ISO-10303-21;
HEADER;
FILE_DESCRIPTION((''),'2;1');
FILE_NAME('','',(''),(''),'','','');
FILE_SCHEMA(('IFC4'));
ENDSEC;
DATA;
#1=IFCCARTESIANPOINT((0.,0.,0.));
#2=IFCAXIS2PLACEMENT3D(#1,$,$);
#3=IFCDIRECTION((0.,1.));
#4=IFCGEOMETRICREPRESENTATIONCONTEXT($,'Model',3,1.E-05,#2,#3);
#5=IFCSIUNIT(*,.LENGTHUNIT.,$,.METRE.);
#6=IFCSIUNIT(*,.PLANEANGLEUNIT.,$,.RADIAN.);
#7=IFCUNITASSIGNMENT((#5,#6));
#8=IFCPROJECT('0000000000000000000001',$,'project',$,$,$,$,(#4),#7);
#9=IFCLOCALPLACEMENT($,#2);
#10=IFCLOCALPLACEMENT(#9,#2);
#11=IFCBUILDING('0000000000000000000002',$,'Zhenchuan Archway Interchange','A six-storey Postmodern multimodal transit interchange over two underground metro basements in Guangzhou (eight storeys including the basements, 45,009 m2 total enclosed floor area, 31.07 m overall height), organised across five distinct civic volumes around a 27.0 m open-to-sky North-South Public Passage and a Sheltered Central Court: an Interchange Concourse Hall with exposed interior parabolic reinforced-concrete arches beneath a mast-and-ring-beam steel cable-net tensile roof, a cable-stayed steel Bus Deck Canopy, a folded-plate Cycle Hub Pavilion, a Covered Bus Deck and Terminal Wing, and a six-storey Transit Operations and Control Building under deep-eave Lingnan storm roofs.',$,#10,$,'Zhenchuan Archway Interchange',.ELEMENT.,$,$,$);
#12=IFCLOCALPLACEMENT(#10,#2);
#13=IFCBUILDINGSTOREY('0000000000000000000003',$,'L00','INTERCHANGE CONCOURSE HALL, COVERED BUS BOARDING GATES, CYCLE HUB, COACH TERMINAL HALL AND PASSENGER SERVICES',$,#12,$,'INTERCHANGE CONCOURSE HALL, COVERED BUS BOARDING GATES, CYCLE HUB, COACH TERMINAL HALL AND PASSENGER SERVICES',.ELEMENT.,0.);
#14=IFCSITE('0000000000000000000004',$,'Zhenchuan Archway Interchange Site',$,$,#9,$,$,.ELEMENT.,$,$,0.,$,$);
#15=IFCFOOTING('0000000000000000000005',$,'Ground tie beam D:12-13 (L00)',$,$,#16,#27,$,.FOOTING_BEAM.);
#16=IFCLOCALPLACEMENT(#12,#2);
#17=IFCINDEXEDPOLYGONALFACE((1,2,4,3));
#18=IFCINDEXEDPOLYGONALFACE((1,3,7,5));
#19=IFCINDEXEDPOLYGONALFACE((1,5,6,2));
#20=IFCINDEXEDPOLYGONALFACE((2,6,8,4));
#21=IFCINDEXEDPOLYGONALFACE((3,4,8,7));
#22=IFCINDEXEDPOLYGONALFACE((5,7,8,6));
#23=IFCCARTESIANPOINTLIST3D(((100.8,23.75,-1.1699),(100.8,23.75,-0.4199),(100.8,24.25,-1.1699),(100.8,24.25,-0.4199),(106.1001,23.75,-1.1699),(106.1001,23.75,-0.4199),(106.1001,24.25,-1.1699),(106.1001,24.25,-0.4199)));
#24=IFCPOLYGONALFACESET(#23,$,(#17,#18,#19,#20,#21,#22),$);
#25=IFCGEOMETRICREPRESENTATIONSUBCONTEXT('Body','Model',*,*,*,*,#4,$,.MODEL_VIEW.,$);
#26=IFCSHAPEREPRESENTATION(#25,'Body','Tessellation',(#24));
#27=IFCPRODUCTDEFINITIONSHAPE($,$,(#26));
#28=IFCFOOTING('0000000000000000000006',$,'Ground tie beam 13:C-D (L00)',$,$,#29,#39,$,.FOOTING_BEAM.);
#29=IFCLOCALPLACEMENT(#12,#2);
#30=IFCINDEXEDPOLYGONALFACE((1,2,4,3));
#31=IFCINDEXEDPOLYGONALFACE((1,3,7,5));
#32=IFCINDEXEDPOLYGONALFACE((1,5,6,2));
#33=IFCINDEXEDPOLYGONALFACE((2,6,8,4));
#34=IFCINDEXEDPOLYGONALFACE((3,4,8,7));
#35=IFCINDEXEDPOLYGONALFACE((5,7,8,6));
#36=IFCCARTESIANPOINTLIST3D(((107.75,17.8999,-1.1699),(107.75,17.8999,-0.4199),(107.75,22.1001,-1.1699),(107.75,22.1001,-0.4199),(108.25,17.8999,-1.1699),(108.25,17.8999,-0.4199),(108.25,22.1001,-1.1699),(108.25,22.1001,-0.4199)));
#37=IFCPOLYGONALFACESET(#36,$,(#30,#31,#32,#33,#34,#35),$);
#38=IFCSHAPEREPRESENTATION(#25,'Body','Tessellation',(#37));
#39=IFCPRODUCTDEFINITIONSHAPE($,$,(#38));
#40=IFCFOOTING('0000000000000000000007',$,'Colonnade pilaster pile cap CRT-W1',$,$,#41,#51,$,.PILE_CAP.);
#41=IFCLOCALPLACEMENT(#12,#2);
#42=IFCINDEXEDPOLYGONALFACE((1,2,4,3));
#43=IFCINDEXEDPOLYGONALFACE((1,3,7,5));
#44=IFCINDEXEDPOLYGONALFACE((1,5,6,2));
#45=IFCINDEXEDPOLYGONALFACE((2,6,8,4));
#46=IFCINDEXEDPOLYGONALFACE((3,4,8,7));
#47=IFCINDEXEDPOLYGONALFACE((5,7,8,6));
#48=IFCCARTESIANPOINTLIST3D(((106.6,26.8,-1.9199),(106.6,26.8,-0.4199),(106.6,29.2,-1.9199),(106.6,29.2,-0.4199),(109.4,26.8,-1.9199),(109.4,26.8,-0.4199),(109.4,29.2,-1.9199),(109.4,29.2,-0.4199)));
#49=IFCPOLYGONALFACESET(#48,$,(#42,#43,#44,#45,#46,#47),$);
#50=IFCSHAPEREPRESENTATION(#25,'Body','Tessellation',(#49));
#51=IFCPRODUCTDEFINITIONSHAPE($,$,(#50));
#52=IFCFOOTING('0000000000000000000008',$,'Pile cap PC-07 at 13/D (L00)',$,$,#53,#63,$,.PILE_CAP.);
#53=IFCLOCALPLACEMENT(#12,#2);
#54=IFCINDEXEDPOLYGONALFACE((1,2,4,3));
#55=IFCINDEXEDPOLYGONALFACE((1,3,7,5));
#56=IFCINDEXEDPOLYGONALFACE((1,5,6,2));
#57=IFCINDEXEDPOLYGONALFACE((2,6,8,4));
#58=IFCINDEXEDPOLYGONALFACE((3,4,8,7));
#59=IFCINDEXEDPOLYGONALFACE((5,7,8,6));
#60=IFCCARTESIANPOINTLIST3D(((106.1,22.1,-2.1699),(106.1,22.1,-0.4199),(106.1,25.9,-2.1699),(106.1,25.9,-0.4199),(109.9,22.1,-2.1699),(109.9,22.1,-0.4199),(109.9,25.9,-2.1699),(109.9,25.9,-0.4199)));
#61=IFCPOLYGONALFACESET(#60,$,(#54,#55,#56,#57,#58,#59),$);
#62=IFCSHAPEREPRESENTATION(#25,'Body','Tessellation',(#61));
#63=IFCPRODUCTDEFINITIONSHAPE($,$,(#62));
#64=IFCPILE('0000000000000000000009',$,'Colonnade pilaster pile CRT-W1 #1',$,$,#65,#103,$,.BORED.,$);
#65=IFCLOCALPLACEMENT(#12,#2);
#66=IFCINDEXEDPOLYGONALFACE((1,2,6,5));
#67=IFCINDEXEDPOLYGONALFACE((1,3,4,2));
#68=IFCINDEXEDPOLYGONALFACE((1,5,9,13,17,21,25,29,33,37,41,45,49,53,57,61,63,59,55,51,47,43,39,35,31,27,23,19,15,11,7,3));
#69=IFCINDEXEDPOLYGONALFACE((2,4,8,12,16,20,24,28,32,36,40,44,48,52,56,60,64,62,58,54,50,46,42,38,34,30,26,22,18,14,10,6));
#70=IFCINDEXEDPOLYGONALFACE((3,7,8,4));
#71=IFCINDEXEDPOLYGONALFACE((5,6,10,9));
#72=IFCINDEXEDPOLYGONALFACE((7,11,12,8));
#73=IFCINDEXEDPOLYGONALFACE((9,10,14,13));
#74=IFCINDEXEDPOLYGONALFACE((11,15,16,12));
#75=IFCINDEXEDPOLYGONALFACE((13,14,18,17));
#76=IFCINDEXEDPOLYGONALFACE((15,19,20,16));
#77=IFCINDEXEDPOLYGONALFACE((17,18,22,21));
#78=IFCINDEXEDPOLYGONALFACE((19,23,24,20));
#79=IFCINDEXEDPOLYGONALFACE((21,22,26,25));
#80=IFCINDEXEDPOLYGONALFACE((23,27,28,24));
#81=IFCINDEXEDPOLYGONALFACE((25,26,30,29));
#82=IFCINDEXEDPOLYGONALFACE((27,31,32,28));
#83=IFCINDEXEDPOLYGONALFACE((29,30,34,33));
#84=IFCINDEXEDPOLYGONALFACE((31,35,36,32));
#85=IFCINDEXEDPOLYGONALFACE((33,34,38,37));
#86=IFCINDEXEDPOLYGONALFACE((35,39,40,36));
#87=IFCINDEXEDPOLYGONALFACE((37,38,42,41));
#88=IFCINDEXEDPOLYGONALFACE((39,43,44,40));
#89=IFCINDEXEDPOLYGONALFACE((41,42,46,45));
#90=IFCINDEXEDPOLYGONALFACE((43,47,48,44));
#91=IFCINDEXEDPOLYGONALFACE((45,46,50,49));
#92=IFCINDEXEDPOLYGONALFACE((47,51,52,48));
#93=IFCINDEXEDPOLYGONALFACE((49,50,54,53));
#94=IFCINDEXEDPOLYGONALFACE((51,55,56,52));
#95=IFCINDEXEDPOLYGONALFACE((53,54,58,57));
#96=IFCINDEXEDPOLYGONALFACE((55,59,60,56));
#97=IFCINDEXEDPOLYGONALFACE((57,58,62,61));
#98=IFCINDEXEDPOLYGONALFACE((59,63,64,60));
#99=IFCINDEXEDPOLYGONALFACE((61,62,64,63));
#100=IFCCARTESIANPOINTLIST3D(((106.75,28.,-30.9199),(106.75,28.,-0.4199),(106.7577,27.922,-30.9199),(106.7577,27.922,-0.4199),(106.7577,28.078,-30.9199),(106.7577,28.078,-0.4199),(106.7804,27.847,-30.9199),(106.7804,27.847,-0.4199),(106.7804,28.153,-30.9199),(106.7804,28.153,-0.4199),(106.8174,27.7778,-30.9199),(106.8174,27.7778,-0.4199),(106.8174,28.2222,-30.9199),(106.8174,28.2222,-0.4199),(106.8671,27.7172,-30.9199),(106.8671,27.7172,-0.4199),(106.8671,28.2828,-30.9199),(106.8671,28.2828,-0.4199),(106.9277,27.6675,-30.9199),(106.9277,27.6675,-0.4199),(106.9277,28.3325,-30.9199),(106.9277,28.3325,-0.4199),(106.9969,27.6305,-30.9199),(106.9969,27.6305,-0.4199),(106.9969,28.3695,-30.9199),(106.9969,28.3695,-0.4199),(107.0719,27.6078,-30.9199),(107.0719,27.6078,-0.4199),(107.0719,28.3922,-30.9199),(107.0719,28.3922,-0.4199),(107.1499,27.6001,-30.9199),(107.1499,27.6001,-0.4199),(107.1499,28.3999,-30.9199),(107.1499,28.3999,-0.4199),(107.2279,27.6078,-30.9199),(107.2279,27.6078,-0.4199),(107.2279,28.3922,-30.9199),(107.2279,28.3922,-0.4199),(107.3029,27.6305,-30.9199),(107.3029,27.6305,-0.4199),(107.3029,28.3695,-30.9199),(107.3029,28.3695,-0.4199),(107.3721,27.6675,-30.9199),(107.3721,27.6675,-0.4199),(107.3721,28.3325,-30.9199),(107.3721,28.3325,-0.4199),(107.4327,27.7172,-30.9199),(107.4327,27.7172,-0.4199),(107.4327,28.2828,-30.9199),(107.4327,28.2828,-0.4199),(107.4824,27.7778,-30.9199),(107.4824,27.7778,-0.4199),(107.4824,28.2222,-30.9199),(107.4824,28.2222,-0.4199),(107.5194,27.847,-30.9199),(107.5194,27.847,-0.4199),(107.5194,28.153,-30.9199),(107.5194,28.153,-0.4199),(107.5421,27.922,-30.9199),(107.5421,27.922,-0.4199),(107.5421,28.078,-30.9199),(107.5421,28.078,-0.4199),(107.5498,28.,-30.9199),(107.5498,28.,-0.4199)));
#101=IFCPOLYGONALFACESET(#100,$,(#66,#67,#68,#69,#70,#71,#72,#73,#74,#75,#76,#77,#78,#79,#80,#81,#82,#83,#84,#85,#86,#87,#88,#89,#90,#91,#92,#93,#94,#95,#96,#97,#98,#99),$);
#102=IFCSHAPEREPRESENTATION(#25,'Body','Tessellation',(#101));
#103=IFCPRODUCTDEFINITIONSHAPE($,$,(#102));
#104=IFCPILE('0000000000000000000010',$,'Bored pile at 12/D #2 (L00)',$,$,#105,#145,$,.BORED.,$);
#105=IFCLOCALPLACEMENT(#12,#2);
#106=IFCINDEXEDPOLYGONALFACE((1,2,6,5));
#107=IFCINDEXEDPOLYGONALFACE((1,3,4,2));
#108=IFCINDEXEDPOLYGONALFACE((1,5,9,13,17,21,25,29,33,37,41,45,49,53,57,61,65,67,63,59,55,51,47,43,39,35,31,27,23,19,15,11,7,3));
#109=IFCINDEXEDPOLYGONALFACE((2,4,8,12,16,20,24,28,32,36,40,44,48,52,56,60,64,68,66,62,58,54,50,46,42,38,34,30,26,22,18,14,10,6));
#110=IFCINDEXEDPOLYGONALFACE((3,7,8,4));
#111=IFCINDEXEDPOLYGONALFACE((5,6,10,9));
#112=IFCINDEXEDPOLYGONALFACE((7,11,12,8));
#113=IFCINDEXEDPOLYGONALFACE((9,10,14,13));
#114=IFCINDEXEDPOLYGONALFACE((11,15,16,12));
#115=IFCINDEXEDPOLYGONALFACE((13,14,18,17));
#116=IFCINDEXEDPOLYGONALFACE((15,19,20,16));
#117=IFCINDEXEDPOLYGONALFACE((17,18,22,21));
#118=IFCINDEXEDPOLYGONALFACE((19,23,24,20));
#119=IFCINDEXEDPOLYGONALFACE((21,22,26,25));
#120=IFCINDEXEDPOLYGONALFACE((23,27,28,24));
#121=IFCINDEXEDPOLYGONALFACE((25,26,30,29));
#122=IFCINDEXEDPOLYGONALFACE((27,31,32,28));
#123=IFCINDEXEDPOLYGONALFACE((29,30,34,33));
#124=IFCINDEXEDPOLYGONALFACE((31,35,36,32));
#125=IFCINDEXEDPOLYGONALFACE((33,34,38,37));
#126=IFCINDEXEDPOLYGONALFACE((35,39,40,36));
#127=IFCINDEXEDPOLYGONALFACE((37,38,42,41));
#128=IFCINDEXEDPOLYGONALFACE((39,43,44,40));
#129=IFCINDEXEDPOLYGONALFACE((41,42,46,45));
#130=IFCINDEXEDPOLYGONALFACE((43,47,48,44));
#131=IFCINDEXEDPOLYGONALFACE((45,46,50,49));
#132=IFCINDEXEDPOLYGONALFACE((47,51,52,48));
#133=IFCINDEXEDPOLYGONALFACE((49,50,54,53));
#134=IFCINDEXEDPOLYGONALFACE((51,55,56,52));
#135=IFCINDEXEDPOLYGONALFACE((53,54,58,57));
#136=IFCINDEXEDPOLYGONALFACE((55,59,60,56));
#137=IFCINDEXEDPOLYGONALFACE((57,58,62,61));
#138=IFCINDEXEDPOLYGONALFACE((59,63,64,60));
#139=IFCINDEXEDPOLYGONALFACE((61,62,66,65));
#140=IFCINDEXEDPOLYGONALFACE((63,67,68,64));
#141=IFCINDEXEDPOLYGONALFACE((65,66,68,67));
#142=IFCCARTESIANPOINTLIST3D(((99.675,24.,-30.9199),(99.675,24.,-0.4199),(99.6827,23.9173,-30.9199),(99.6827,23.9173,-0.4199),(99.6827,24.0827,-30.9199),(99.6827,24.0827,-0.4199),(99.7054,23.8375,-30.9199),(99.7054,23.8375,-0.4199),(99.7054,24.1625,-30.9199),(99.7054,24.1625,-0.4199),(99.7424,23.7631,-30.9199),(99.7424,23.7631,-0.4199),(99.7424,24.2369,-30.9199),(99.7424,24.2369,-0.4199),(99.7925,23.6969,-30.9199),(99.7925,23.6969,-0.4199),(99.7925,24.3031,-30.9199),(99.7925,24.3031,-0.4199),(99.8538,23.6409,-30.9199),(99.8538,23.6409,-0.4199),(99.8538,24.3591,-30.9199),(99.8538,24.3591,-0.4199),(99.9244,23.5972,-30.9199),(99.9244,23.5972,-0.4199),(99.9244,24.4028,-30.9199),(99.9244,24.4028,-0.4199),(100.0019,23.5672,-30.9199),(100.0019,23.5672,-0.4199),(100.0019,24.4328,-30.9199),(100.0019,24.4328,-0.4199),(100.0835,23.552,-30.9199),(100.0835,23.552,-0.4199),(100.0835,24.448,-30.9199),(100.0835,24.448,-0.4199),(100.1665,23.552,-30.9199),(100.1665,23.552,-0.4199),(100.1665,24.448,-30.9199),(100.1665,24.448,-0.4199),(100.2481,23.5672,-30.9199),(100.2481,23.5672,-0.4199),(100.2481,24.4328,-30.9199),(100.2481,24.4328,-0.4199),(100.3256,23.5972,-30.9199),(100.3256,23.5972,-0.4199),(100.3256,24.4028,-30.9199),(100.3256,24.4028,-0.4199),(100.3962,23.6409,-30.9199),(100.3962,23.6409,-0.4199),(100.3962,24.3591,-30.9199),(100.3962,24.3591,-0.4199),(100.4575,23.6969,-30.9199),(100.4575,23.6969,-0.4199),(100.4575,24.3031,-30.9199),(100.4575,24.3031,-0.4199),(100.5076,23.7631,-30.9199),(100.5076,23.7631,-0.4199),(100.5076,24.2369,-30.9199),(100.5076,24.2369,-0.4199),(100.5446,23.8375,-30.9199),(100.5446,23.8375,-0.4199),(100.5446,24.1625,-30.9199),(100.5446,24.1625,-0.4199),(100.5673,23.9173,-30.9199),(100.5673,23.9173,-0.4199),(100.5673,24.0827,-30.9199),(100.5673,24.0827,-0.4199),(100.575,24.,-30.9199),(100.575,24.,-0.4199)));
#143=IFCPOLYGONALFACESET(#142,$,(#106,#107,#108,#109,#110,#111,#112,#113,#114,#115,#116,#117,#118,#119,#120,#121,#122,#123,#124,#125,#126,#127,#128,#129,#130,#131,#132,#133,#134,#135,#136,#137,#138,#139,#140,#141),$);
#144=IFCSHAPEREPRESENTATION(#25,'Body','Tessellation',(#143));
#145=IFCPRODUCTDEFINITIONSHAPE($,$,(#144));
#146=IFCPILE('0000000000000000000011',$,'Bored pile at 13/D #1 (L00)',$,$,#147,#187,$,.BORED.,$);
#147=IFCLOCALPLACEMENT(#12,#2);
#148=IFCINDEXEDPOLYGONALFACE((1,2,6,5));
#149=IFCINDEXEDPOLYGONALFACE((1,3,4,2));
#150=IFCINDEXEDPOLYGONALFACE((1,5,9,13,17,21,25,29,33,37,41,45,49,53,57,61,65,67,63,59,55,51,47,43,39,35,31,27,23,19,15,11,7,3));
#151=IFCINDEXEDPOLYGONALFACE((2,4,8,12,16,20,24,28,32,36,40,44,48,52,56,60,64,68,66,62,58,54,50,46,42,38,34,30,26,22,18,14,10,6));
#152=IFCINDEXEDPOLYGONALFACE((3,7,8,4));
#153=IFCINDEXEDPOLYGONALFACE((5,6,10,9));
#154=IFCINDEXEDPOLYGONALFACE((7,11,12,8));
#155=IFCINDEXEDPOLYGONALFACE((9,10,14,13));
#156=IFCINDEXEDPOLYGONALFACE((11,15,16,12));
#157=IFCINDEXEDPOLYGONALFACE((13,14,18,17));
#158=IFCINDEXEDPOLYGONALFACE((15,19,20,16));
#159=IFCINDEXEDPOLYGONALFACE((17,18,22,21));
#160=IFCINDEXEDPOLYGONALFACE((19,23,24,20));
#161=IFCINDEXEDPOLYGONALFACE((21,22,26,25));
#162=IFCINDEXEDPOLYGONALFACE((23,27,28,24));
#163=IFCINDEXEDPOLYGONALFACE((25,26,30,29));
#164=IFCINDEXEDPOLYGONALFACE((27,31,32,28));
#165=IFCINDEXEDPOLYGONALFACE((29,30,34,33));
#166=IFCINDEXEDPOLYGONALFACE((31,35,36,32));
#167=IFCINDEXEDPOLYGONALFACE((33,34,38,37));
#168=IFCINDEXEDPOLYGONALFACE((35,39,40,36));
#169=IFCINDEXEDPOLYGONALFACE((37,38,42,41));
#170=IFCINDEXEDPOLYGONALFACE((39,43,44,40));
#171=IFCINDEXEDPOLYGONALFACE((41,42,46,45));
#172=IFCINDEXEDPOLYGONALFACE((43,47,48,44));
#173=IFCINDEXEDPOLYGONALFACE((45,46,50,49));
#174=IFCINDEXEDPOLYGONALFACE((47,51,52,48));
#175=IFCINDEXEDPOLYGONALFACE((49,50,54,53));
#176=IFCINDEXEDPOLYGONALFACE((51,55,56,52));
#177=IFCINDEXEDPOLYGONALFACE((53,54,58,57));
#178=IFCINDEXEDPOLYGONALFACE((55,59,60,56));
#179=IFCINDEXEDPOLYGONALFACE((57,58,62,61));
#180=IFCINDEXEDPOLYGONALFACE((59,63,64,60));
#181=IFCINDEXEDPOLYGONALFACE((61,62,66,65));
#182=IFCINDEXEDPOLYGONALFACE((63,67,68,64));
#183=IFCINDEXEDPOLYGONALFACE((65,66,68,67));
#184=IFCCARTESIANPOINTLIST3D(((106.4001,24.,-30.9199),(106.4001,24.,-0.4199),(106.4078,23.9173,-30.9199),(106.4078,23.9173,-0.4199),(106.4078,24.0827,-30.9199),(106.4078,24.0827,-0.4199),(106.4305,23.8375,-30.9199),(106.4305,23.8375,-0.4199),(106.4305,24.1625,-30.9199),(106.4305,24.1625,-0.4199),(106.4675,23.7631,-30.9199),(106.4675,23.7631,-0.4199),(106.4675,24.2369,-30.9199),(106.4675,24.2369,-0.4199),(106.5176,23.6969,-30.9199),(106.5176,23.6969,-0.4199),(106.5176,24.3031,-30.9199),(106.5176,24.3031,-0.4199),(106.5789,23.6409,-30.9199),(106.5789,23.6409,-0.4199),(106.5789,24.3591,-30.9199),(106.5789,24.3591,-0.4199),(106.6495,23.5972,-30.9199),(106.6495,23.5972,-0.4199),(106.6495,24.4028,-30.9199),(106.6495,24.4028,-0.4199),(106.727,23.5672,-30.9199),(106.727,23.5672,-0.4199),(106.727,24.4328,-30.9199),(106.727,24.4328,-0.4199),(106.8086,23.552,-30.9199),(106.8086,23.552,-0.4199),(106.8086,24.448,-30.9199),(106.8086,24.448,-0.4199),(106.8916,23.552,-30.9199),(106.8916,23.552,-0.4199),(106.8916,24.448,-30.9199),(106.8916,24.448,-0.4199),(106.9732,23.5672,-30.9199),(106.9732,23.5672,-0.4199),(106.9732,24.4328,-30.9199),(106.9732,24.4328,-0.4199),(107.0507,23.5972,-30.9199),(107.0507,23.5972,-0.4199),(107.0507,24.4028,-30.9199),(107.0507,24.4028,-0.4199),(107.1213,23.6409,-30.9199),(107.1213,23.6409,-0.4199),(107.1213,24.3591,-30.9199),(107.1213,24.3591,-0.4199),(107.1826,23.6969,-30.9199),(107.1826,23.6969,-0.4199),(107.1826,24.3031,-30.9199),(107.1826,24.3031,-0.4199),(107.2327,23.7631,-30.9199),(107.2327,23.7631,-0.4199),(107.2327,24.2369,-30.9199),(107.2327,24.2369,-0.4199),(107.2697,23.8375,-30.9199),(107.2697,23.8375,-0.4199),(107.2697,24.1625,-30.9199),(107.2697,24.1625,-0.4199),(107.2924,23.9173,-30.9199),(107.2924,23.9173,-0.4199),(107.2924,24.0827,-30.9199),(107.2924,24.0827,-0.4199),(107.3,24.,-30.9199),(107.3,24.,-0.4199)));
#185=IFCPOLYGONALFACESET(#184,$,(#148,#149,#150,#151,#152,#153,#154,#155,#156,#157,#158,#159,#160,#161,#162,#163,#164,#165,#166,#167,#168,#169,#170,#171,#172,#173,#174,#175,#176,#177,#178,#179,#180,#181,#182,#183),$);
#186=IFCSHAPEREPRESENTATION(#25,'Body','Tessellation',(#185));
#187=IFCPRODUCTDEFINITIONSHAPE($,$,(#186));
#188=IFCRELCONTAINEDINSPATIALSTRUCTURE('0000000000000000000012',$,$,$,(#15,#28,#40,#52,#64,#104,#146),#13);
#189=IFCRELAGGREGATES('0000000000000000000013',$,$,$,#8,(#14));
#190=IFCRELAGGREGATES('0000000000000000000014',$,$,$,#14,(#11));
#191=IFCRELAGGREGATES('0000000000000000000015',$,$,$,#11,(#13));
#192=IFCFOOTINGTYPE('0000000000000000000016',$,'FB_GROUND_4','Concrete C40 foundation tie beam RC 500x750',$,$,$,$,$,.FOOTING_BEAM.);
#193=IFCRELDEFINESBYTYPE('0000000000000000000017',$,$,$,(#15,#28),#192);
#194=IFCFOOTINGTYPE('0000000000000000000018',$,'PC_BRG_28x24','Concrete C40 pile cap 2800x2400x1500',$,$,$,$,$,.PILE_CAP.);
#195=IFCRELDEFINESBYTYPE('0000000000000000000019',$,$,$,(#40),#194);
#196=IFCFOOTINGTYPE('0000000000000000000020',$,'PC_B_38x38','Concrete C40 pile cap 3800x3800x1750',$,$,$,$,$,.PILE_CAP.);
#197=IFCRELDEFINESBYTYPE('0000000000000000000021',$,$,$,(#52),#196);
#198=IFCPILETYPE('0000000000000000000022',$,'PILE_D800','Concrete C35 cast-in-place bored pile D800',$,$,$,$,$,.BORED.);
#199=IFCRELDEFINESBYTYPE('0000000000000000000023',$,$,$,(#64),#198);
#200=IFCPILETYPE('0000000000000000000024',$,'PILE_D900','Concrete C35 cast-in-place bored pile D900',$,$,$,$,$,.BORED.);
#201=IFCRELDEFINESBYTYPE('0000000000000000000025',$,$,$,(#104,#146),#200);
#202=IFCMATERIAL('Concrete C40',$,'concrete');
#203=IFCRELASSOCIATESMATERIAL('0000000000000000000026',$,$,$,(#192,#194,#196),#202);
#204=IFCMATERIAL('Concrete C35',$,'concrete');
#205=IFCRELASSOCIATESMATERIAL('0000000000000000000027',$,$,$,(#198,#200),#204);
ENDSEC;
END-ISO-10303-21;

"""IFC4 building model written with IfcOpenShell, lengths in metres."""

from ifc_helpers import new_model, si_unit, direction, frame, origin, origin_2d, place, context, subcontext, project, spatial, rectangle, circle, extrude, material, material_profile, profile_set, type_object, element, save


model = new_model("IFC4")

# Units and contexts
model_context = context("Model", 3, precision=1e-05, world=origin(), true_north=direction((0.0, 1.0)))
body_context = subcontext(model_context, "Body", "Model", "MODEL_VIEW")
ifc_project = project(units=[si_unit("LENGTHUNIT", "METRE"), si_unit("PLANEANGLEUNIT", "RADIAN")], contexts=[model_context])

# Site, building, storey
site_placement = place(None, origin())
site = spatial("IfcSite", under=ifc_project, at=site_placement, Name="Zhenchuan Archway Interchange Site", CompositionType="ELEMENT", RefElevation=0.0)
building_placement = place(site_placement, origin())
building = spatial("IfcBuilding", under=site, at=building_placement, Name="Zhenchuan Archway Interchange", Description="A six-storey Postmodern multimodal transit interchange over two underground metro basements in Guangzhou (eight storeys including the basements, 45,009 m2 total enclosed floor area, 31.07 m overall height), organised across five distinct civic volumes around a 27.0 m open-to-sky North-South Public Passage and a Sheltered Central Court: an Interchange Concourse Hall with exposed interior parabolic reinforced-concrete arches beneath a mast-and-ring-beam steel cable-net tensile roof, a cable-stayed steel Bus Deck Canopy, a folded-plate Cycle Hub Pavilion, a Covered Bus Deck and Terminal Wing, and a six-storey Transit Operations and Control Building under deep-eave Lingnan storm roofs.", LongName="Zhenchuan Archway Interchange", CompositionType="ELEMENT")
storey_placement = place(building_placement, origin())
storey = spatial("IfcBuildingStorey", under=building, at=storey_placement, Name="L00", Description="INTERCHANGE CONCOURSE HALL, COVERED BUS BOARDING GATES, CYCLE HUB, COACH TERMINAL HALL AND PASSENGER SERVICES", LongName="INTERCHANGE CONCOURSE HALL, COVERED BUS BOARDING GATES, CYCLE HUB, COACH TERMINAL HALL AND PASSENGER SERVICES", CompositionType="ELEMENT", Elevation=0.0)

# Footings
ifc_material_1 = material(Name="Concrete C40", Category="concrete")
ifc_material_profile_1 = material_profile(ifc_material_1, rectangle(XDim=0.5, YDim=0.75, at=origin_2d()), Name="RC 500x750")
ifc_profile_set_1 = profile_set([ifc_material_profile_1], Name="Concrete C40")
footing_type_1 = type_object("IfcFootingType", Name="FB_GROUND_4", Description="Concrete C40 foundation tie beam RC 500x750", PredefinedType="FOOTING_BEAM", material=ifc_profile_set_1)
footing_1_placement = place(storey_placement, frame((100.8, 24.0, -0.7949), z_axis=(1.0, 0.0, 0.0), x_axis=(0.0, 1.0, 0.0)))
element("IfcFooting", 1, at=footing_1_placement, inside=storey, type_object=footing_type_1, Name="Ground tie beam D:12-13 (L00)", PredefinedType="FOOTING_BEAM", context=body_context, shape_type="SweptSolid", body=[
    extrude(rectangle(XDim=0.5, YDim=0.75, at=origin_2d()), origin(), (0.0, 0.0, 1.0), 5.3),
])
footing_2_placement = place(storey_placement, frame((108.0, 17.8999, -0.7949), z_axis=(0.0, 1.0, 0.0), x_axis=(-1.0, 0.0, 0.0)))
element("IfcFooting", 2, at=footing_2_placement, inside=storey, type_object=footing_type_1, Name="Ground tie beam 13:C-D (L00)", PredefinedType="FOOTING_BEAM", context=body_context, shape_type="SweptSolid", body=[
    extrude(rectangle(XDim=0.5, YDim=0.75, at=origin_2d()), origin(), (0.0, 0.0, 1.0), 4.2002),
])
footing_type_2 = type_object("IfcFootingType", Name="PC_BRG_28x24", Description="Concrete C40 pile cap 2800x2400x1500", PredefinedType="PILE_CAP", material=ifc_material_1)
footing_3_placement = place(storey_placement, frame((108.0, 28.0, -1.9199), z_axis=(0.0, 0.0, 1.0), x_axis=(1.0, 0.0, 0.0)))
element("IfcFooting", 3, at=footing_3_placement, inside=storey, type_object=footing_type_2, Name="Colonnade pilaster pile cap CRT-W1", PredefinedType="PILE_CAP", context=body_context, shape_type="SweptSolid", body=[
    extrude(rectangle(XDim=2.8, YDim=2.3999, at=origin_2d()), origin(), (0.0, 0.0, 1.0), 1.5),
])
footing_type_3 = type_object("IfcFootingType", Name="PC_B_38x38", Description="Concrete C40 pile cap 3800x3800x1750", PredefinedType="PILE_CAP", material=ifc_material_1)
footing_4_placement = place(storey_placement, frame((108.0, 24.0, -2.1699), z_axis=(0.0, 0.0, 1.0), x_axis=(1.0, 0.0, 0.0)))
element("IfcFooting", 4, at=footing_4_placement, inside=storey, type_object=footing_type_3, Name="Pile cap PC-07 at 13/D (L00)", PredefinedType="PILE_CAP", context=body_context, shape_type="SweptSolid", body=[
    extrude(rectangle(XDim=3.8, YDim=3.8, at=origin_2d()), origin(), (0.0, 0.0, 1.0), 1.75),
])

# Piles
ifc_material_2 = material(Name="Concrete C35", Category="concrete")
ifc_material_profile_2 = material_profile(ifc_material_2, circle(Radius=0.3999, at=origin_2d()), Name="BORED PILE 800")
ifc_profile_set_2 = profile_set([ifc_material_profile_2], Name="Concrete C35")
pile_type_1 = type_object("IfcPileType", Name="PILE_D800", Description="Concrete C35 cast-in-place bored pile D800", PredefinedType="BORED", material=ifc_profile_set_2)
pile_placement = place(storey_placement, frame((107.1499, 28.0, -0.4199), z_axis=(0.0, 0.0, -1.0), x_axis=(1.0, 0.0, 0.0)))
element("IfcPile", 5, at=pile_placement, inside=storey, type_object=pile_type_1, Name="Colonnade pilaster pile CRT-W1 #1", PredefinedType="BORED", context=body_context, shape_type="SweptSolid", body=[
    extrude(circle(Radius=0.3999, at=origin_2d()), origin(), (0.0, 0.0, 1.0), 30.5),
])
ifc_material_profile_3 = material_profile(ifc_material_2, circle(Radius=0.45, at=origin_2d()), Name="BORED PILE 900")
ifc_profile_set_3 = profile_set([ifc_material_profile_3], Name="Concrete C35")
pile_type_2 = type_object("IfcPileType", Name="PILE_D900", Description="Concrete C35 cast-in-place bored pile D900", PredefinedType="BORED", material=ifc_profile_set_3)
for number, where, z_axis, x_axis, name in (
    (6, (100.125, 24.0, -0.4199), (0.0, 0.0, -1.0), (1.0, 0.0, 0.0), "Bored pile at 12/D #2 (L00)"),
    (7, (106.8501, 24.0, -0.4199), (0.0, 0.0, -1.0), (1.0, 0.0, 0.0), "Bored pile at 13/D #1 (L00)"),
):
    element("IfcPile", number, at=place(storey_placement, frame(where, z_axis=z_axis, x_axis=x_axis)), inside=storey, type_object=pile_type_2, Name=name, PredefinedType="BORED", context=body_context, shape_type="SweptSolid", body=[
        extrude(circle(Radius=0.45, at=origin_2d()), origin(), (0.0, 0.0, 1.0), 30.5),
    ])

save(model, "model.ifc")
